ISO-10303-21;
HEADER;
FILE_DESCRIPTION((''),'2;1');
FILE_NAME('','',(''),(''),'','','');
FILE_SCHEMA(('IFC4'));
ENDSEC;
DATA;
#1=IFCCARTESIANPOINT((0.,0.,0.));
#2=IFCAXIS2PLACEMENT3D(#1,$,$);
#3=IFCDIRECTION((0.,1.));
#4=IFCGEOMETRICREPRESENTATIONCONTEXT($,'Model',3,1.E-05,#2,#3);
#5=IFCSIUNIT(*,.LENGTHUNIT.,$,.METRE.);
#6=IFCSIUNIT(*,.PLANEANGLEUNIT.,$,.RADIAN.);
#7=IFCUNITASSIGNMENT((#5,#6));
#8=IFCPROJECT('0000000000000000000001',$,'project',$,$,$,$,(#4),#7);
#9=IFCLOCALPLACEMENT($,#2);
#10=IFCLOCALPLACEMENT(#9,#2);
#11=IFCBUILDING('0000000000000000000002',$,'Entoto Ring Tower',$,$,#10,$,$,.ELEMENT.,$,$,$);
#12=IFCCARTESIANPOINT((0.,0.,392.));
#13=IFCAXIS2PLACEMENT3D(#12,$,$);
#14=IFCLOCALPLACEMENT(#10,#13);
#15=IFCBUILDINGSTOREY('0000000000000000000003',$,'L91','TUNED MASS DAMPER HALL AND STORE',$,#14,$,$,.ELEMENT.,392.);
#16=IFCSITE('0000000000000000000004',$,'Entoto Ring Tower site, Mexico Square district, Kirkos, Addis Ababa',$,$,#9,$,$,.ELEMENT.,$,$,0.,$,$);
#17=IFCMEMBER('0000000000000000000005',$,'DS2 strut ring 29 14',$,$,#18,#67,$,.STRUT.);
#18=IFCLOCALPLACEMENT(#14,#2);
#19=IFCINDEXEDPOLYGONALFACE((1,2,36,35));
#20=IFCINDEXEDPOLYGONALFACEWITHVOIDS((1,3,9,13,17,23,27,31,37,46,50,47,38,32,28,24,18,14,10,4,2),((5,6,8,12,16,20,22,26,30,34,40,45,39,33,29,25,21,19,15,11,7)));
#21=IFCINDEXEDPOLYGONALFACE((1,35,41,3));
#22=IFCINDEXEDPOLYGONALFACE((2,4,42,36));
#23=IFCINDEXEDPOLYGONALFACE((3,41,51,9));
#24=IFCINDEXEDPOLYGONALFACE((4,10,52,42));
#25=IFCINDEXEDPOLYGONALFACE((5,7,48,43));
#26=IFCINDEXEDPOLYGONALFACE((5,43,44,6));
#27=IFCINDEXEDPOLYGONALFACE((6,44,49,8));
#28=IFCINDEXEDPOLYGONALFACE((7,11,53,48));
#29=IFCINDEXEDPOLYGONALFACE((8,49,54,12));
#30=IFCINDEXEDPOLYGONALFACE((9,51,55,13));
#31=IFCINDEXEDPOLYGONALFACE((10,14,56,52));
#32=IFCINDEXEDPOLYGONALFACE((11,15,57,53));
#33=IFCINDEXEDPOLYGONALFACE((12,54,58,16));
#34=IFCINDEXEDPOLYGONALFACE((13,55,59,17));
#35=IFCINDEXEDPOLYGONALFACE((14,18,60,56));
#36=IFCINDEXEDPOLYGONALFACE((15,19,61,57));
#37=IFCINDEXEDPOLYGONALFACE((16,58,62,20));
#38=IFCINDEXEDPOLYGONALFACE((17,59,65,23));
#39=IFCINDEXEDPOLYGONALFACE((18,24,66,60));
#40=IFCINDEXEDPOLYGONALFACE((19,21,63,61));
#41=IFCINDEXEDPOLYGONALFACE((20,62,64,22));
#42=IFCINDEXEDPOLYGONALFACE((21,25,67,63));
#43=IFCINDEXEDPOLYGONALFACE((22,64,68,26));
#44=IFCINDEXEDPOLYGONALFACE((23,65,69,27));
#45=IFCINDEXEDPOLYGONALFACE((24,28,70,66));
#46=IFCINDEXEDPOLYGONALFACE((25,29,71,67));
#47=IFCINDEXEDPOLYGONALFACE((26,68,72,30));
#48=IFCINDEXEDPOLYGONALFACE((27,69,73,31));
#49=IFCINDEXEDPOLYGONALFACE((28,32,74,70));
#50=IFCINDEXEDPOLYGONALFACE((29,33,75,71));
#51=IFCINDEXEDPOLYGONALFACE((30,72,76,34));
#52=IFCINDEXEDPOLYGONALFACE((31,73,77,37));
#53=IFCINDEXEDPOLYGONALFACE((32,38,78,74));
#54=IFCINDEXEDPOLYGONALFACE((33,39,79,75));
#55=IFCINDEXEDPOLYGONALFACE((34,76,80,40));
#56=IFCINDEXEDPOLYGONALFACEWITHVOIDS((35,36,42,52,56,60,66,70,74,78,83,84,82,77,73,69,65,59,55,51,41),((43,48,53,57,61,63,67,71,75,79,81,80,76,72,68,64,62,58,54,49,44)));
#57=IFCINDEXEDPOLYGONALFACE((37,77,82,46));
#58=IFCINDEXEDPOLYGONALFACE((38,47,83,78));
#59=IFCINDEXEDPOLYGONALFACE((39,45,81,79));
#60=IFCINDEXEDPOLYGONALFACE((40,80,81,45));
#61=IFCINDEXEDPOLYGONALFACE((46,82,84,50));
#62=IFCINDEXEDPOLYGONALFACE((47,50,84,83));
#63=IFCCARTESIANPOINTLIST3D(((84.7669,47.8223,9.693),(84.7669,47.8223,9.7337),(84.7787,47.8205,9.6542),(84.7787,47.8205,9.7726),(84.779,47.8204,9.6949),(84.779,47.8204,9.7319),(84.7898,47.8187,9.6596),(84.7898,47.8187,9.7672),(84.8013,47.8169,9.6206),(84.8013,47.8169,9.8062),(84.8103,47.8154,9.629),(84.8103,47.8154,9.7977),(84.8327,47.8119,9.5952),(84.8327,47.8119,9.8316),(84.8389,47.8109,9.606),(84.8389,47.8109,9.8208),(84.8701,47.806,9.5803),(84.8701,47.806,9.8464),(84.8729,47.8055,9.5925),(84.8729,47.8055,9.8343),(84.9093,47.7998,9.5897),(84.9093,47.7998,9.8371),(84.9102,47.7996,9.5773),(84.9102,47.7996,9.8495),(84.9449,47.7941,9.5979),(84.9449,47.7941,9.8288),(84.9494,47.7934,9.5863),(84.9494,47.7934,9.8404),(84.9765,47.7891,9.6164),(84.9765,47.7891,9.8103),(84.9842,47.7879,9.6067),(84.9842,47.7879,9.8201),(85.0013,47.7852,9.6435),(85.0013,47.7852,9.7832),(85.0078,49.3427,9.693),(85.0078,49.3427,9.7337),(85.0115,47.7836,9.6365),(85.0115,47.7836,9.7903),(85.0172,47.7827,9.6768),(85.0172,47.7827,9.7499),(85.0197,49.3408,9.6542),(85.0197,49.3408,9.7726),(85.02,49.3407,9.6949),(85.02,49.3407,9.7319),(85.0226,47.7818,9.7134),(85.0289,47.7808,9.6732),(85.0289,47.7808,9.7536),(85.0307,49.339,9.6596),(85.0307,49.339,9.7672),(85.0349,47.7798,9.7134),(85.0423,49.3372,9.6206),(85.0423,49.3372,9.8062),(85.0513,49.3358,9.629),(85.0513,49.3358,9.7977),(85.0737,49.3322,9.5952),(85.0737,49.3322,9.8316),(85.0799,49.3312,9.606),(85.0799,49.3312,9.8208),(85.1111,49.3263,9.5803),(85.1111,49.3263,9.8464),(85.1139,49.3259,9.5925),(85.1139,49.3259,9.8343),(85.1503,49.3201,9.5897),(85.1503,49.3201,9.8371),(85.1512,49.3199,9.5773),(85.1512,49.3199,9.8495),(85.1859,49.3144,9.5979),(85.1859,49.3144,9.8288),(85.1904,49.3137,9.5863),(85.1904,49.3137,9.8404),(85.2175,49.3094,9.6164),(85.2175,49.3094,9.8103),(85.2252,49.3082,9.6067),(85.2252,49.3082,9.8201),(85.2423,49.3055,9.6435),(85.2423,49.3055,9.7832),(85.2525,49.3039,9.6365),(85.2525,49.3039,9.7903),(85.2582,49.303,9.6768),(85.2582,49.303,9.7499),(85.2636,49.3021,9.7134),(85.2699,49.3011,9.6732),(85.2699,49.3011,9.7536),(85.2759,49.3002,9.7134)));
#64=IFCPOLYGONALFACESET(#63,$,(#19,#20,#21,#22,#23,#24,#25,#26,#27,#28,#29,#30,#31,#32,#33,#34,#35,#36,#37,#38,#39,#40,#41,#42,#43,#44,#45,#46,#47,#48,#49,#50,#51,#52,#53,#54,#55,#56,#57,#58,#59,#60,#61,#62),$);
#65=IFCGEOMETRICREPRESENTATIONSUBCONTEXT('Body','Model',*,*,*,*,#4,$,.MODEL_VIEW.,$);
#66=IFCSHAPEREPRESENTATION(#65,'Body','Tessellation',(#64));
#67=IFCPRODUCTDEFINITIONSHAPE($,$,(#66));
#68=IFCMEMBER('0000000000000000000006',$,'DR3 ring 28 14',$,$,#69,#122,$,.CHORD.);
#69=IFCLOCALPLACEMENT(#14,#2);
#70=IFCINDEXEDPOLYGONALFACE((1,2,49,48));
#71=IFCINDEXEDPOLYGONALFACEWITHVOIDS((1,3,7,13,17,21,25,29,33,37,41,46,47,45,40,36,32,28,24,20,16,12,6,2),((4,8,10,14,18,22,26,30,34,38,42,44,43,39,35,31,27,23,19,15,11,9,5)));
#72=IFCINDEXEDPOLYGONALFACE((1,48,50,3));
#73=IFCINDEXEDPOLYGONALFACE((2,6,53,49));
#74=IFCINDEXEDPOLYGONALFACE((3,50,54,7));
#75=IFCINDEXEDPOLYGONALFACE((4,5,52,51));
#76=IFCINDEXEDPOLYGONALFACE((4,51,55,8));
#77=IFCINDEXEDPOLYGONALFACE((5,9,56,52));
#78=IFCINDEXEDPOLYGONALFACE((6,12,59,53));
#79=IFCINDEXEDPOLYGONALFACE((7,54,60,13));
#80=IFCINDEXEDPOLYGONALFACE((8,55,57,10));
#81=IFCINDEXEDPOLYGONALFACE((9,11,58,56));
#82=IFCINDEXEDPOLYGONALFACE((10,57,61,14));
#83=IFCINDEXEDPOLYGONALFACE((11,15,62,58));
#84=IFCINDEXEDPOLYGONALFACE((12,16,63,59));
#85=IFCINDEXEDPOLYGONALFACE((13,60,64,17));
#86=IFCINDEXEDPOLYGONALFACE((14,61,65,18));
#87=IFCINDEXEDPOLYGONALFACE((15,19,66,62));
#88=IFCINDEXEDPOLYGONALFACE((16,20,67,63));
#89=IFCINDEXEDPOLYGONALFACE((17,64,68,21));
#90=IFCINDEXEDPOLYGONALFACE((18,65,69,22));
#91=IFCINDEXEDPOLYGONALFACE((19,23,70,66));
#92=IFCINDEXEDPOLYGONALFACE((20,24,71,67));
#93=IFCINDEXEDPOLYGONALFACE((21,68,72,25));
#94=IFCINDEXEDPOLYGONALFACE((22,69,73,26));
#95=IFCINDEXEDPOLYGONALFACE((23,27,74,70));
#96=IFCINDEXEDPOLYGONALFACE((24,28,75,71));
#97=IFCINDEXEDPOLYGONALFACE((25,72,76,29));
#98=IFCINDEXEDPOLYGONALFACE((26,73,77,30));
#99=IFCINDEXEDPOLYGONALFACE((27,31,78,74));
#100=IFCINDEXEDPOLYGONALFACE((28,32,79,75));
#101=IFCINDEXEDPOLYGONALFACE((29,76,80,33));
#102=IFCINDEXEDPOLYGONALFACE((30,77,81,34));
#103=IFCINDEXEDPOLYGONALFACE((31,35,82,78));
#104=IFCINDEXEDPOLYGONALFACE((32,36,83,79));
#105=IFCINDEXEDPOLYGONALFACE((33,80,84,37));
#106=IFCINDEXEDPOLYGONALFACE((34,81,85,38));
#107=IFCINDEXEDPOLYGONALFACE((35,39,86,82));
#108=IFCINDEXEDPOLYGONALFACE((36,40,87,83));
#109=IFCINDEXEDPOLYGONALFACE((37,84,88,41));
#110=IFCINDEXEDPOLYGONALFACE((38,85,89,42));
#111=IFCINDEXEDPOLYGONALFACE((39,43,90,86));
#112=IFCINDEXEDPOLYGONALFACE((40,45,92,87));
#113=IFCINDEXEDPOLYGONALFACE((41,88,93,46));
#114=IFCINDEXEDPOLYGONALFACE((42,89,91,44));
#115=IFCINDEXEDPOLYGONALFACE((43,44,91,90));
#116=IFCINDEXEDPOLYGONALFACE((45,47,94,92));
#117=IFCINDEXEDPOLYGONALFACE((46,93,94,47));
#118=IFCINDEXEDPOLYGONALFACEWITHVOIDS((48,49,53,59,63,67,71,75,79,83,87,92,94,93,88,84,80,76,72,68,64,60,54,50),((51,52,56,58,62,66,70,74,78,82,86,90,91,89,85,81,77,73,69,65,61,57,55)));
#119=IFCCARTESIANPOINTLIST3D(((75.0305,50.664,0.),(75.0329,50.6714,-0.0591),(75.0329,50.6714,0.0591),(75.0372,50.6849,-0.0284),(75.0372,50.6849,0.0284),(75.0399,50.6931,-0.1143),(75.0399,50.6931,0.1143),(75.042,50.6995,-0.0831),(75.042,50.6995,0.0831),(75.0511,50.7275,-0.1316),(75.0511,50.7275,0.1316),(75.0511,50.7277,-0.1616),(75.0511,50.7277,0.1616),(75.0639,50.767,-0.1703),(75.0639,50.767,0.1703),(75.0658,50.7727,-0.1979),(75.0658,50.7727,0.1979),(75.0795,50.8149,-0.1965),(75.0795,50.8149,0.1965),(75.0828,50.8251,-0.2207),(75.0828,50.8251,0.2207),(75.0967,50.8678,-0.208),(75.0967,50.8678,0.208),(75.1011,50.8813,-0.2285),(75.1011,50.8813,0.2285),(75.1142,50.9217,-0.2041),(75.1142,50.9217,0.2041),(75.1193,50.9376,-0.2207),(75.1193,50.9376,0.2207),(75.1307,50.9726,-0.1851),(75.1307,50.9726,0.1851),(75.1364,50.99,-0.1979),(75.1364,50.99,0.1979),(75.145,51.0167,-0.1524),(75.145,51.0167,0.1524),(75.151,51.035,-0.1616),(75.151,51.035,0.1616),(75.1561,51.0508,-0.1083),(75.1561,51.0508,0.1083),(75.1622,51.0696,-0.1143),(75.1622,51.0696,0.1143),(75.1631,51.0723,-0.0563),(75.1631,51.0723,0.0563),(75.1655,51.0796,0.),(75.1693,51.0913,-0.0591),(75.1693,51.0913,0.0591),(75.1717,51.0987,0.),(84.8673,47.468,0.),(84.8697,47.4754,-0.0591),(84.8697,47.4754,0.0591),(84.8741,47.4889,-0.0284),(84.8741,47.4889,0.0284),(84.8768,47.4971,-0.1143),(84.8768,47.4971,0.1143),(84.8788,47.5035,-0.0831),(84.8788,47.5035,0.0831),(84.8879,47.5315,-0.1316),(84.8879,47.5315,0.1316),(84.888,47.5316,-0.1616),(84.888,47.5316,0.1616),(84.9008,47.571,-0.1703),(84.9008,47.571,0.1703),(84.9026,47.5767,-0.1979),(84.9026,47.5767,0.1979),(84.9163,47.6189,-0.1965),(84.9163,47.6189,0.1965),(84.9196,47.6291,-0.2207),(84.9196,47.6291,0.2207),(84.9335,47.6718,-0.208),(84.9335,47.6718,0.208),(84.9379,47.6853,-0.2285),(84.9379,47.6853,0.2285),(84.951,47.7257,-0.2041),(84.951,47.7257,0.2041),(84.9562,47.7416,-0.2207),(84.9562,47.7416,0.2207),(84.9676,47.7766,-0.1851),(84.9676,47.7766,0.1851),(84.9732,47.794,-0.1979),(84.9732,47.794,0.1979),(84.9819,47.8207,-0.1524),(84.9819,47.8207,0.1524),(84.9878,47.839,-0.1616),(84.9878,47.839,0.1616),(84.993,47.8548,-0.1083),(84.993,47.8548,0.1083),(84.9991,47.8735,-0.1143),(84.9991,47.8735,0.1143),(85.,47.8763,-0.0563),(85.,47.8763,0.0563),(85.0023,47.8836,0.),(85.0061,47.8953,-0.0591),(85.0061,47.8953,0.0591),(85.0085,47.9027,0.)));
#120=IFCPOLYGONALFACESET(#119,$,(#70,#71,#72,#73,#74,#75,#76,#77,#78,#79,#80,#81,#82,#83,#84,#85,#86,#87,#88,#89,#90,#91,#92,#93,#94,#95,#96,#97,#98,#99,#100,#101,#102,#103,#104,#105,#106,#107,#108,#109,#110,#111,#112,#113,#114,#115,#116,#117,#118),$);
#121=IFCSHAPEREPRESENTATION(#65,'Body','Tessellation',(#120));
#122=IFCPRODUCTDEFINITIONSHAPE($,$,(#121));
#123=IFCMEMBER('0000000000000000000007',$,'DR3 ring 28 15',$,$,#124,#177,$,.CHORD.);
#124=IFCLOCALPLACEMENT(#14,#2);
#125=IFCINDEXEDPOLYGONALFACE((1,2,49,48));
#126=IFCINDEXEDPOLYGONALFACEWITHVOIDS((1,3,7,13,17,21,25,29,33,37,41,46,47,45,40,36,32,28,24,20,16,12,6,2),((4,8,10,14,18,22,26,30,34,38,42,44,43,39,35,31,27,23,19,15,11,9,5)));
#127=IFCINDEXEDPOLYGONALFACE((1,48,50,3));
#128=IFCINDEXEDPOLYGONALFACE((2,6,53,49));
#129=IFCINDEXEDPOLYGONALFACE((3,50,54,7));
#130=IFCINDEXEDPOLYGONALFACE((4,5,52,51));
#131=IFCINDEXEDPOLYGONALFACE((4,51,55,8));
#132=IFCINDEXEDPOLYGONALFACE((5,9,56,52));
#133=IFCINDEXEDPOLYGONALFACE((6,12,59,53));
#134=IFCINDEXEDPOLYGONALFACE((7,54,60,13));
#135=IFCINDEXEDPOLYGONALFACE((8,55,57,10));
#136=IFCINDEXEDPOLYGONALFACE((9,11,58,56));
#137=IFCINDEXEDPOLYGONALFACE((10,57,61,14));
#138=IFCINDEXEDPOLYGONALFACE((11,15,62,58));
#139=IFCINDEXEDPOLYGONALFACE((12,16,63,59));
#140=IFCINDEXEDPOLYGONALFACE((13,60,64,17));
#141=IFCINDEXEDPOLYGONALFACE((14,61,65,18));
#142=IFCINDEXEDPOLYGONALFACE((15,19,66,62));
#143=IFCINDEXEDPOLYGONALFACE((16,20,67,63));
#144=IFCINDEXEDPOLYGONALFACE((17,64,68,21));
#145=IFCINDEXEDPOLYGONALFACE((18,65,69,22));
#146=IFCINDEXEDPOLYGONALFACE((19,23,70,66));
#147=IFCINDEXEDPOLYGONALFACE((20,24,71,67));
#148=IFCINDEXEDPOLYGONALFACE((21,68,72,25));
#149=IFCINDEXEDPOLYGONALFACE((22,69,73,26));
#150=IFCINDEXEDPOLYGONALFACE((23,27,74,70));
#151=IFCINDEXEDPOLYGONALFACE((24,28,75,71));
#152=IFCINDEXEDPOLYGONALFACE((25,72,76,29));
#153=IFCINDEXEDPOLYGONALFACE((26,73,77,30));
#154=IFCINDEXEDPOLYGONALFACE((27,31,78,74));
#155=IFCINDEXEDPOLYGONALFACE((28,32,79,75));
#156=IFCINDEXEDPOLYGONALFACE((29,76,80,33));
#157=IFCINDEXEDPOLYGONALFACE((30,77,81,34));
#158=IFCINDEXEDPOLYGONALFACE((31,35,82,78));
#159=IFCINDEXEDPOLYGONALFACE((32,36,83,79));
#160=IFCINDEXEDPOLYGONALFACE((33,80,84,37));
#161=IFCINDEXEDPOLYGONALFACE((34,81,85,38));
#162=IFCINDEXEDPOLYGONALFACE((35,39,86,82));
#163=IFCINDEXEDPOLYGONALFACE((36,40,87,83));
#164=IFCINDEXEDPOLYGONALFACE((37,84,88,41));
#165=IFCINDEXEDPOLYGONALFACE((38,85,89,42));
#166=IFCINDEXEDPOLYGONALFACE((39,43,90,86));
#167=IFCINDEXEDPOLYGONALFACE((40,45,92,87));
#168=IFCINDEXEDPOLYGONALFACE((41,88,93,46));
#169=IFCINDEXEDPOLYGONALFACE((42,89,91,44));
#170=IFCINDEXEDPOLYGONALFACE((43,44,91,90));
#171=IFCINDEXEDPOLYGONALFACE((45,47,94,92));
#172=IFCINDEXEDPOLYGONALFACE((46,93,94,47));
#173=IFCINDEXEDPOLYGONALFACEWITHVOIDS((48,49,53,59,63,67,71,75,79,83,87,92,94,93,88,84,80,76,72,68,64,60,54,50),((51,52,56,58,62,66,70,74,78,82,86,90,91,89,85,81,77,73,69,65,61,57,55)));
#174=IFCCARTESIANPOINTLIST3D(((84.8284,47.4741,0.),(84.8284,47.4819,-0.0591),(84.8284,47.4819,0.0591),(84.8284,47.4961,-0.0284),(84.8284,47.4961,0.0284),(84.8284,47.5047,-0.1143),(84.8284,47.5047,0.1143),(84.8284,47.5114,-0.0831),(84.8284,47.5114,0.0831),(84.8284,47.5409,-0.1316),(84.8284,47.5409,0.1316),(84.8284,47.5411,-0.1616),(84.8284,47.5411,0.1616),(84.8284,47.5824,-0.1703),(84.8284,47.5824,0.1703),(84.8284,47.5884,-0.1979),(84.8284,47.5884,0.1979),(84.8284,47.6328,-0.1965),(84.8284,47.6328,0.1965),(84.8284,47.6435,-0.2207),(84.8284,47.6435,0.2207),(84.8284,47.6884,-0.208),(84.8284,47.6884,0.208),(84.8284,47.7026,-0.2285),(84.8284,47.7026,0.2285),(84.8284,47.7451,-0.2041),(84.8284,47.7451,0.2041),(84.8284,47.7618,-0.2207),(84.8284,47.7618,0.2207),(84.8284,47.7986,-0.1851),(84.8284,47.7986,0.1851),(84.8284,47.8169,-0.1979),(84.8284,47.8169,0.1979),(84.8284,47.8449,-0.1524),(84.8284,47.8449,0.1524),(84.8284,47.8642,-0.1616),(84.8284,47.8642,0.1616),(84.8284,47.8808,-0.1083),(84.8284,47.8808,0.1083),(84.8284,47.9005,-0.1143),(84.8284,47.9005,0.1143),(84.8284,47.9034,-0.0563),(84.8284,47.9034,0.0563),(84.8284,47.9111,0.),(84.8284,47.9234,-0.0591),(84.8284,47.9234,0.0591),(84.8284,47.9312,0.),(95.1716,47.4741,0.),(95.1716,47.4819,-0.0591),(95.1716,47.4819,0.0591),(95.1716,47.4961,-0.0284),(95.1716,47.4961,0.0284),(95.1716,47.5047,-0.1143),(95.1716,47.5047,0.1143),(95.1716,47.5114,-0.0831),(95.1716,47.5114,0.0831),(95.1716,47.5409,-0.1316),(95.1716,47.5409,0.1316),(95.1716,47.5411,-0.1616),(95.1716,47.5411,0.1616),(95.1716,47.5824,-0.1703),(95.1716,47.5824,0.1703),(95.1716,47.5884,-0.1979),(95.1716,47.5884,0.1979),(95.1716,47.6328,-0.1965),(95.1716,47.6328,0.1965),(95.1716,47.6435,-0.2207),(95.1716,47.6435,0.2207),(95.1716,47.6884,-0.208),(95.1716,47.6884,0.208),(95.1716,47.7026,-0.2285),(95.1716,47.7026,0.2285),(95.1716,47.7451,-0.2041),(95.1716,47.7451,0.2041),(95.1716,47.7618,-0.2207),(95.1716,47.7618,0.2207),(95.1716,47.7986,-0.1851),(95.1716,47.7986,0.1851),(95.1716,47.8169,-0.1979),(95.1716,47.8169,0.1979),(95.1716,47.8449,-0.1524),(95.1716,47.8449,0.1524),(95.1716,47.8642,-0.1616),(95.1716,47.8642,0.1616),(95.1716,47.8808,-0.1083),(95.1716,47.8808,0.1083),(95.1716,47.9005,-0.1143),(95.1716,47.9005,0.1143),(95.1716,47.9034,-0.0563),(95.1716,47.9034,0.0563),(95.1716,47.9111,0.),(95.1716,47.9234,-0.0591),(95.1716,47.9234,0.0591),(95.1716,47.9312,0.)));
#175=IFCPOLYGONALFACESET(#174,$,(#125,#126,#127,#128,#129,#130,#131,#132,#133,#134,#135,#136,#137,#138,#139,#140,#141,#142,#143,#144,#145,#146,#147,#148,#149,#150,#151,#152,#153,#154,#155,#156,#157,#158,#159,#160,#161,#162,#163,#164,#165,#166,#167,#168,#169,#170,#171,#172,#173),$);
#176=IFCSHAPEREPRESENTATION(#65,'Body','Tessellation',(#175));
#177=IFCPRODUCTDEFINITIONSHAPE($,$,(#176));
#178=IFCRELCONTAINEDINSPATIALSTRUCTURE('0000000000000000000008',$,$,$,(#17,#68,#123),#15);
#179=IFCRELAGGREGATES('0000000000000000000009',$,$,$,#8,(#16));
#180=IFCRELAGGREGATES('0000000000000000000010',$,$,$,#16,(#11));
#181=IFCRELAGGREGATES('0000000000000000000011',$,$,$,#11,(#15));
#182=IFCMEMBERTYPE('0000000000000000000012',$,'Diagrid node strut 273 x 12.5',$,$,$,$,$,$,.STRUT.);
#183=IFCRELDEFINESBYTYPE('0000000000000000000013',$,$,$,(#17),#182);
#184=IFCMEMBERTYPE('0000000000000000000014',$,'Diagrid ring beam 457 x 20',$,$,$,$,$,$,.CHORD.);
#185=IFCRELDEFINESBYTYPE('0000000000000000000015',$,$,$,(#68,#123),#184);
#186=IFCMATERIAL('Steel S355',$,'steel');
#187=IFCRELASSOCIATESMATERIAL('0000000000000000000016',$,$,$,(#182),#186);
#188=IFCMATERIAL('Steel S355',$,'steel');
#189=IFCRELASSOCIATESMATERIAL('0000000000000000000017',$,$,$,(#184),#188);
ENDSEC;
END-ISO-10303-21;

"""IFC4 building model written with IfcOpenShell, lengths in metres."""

from ifc_helpers import new_model, si_unit, direction, frame, origin, origin_2d, place, context, subcontext, project, spatial, circle, hollow_circle, extrude, material, material_profile, profile_set, type_object, element, save


model = new_model("IFC4")

# Units and contexts
model_context = context("Model", 3, precision=1e-05, world=origin(), true_north=direction((0.0, 1.0)))
body_context = subcontext(model_context, "Body", "Model", "MODEL_VIEW")
ifc_project = project(units=[si_unit("LENGTHUNIT", "METRE"), si_unit("PLANEANGLEUNIT", "RADIAN")], contexts=[model_context])

# Site, building, storey
site_placement = place(None, origin())
site = spatial("IfcSite", under=ifc_project, at=site_placement, Name="Entoto Ring Tower site, Mexico Square district, Kirkos, Addis Ababa", CompositionType="ELEMENT", RefElevation=0.0)
building_placement = place(site_placement, origin())
building = spatial("IfcBuilding", under=site, at=building_placement, Name="Entoto Ring Tower", CompositionType="ELEMENT")
storey_placement = place(building_placement, frame((0.0, 0.0, 392.0)))
storey = spatial("IfcBuildingStorey", under=building, at=storey_placement, Name="L91", Description="TUNED MASS DAMPER HALL AND STORE", CompositionType="ELEMENT", Elevation=392.0)

# Members
ifc_material_1 = material(Name="Steel S355", Category="steel")
ifc_material_profile_1 = material_profile(ifc_material_1, hollow_circle(Radius=0.1365, WallThickness=0.0125, at=origin_2d()), Name="CHS 273 x 12.5")
ifc_material_2 = material(Name="Concrete C60/75", Category="concrete")
ifc_material_profile_2 = material_profile(ifc_material_2, circle(Radius=0.124, at=origin_2d()), Name="Concrete C60/75 infill")
ifc_profile_set_1 = profile_set([ifc_material_profile_1, ifc_material_profile_2], Name="Steel S355")
member_type_1 = type_object("IfcMemberType", Name="Diagrid node strut 273 x 12.5", PredefinedType="STRUT", material=ifc_profile_set_1)
member_1_placement = place(storey_placement, frame((85.1411, 49.3215, 9.7134), z_axis=(-0.156549, -0.98767, 0.0), x_axis=(0.98767, -0.156549, 0.0)))
element("IfcMember", 1, at=member_1_placement, inside=storey, type_object=member_type_1, Name="DS2 strut ring 29 14", PredefinedType="STRUT", context=body_context, shape_type="SweptSolid", body=[
    extrude(hollow_circle(Radius=0.1365, WallThickness=0.0125, at=origin_2d()), origin(), (0.0, 0.0, 1.0), 1.5393),
])
ifc_material_3 = material(Name="Steel S355", Category="steel")
ifc_material_profile_3 = material_profile(ifc_material_3, hollow_circle(Radius=0.2285, WallThickness=0.02, at=origin_2d()), Name="CHS 457 x 20")
ifc_material_4 = material(Name="Concrete C60/75", Category="concrete")
ifc_material_profile_4 = material_profile(ifc_material_4, circle(Radius=0.2085, at=origin_2d()), Name="Concrete C60/75 infill")
ifc_profile_set_2 = profile_set([ifc_material_profile_3, ifc_material_profile_4], Name="Steel S355")
member_type_2 = type_object("IfcMemberType", Name="Diagrid ring beam 457 x 20", PredefinedType="CHORD", material=ifc_profile_set_2)
member_2_placement = place(storey_placement, frame((75.1011, 50.8813, 0.0), z_axis=(0.951061, -0.309003, 0.0), x_axis=(0.309003, 0.951061, 0.0)))
element("IfcMember", 2, at=member_2_placement, inside=storey, type_object=member_type_2, Name="DR3 ring 28 14", PredefinedType="CHORD", context=body_context, shape_type="SweptSolid", body=[
    extrude(hollow_circle(Radius=0.2285, WallThickness=0.02, at=origin_2d()), origin(), (0.0, 0.0, 1.0), 10.343),
])
member_3_placement = place(storey_placement, frame((84.8284, 47.7026, 0.0), z_axis=(1.0, 0.0, 0.0), x_axis=(0.0, 1.0, 0.0)))
element("IfcMember", 3, at=member_3_placement, inside=storey, type_object=member_type_2, Name="DR3 ring 28 15", PredefinedType="CHORD", context=body_context, shape_type="SweptSolid", body=[
    extrude(hollow_circle(Radius=0.2285, WallThickness=0.02, at=origin_2d()), origin(), (0.0, 0.0, 1.0), 10.3433),
])

save(model, "model.ifc")
